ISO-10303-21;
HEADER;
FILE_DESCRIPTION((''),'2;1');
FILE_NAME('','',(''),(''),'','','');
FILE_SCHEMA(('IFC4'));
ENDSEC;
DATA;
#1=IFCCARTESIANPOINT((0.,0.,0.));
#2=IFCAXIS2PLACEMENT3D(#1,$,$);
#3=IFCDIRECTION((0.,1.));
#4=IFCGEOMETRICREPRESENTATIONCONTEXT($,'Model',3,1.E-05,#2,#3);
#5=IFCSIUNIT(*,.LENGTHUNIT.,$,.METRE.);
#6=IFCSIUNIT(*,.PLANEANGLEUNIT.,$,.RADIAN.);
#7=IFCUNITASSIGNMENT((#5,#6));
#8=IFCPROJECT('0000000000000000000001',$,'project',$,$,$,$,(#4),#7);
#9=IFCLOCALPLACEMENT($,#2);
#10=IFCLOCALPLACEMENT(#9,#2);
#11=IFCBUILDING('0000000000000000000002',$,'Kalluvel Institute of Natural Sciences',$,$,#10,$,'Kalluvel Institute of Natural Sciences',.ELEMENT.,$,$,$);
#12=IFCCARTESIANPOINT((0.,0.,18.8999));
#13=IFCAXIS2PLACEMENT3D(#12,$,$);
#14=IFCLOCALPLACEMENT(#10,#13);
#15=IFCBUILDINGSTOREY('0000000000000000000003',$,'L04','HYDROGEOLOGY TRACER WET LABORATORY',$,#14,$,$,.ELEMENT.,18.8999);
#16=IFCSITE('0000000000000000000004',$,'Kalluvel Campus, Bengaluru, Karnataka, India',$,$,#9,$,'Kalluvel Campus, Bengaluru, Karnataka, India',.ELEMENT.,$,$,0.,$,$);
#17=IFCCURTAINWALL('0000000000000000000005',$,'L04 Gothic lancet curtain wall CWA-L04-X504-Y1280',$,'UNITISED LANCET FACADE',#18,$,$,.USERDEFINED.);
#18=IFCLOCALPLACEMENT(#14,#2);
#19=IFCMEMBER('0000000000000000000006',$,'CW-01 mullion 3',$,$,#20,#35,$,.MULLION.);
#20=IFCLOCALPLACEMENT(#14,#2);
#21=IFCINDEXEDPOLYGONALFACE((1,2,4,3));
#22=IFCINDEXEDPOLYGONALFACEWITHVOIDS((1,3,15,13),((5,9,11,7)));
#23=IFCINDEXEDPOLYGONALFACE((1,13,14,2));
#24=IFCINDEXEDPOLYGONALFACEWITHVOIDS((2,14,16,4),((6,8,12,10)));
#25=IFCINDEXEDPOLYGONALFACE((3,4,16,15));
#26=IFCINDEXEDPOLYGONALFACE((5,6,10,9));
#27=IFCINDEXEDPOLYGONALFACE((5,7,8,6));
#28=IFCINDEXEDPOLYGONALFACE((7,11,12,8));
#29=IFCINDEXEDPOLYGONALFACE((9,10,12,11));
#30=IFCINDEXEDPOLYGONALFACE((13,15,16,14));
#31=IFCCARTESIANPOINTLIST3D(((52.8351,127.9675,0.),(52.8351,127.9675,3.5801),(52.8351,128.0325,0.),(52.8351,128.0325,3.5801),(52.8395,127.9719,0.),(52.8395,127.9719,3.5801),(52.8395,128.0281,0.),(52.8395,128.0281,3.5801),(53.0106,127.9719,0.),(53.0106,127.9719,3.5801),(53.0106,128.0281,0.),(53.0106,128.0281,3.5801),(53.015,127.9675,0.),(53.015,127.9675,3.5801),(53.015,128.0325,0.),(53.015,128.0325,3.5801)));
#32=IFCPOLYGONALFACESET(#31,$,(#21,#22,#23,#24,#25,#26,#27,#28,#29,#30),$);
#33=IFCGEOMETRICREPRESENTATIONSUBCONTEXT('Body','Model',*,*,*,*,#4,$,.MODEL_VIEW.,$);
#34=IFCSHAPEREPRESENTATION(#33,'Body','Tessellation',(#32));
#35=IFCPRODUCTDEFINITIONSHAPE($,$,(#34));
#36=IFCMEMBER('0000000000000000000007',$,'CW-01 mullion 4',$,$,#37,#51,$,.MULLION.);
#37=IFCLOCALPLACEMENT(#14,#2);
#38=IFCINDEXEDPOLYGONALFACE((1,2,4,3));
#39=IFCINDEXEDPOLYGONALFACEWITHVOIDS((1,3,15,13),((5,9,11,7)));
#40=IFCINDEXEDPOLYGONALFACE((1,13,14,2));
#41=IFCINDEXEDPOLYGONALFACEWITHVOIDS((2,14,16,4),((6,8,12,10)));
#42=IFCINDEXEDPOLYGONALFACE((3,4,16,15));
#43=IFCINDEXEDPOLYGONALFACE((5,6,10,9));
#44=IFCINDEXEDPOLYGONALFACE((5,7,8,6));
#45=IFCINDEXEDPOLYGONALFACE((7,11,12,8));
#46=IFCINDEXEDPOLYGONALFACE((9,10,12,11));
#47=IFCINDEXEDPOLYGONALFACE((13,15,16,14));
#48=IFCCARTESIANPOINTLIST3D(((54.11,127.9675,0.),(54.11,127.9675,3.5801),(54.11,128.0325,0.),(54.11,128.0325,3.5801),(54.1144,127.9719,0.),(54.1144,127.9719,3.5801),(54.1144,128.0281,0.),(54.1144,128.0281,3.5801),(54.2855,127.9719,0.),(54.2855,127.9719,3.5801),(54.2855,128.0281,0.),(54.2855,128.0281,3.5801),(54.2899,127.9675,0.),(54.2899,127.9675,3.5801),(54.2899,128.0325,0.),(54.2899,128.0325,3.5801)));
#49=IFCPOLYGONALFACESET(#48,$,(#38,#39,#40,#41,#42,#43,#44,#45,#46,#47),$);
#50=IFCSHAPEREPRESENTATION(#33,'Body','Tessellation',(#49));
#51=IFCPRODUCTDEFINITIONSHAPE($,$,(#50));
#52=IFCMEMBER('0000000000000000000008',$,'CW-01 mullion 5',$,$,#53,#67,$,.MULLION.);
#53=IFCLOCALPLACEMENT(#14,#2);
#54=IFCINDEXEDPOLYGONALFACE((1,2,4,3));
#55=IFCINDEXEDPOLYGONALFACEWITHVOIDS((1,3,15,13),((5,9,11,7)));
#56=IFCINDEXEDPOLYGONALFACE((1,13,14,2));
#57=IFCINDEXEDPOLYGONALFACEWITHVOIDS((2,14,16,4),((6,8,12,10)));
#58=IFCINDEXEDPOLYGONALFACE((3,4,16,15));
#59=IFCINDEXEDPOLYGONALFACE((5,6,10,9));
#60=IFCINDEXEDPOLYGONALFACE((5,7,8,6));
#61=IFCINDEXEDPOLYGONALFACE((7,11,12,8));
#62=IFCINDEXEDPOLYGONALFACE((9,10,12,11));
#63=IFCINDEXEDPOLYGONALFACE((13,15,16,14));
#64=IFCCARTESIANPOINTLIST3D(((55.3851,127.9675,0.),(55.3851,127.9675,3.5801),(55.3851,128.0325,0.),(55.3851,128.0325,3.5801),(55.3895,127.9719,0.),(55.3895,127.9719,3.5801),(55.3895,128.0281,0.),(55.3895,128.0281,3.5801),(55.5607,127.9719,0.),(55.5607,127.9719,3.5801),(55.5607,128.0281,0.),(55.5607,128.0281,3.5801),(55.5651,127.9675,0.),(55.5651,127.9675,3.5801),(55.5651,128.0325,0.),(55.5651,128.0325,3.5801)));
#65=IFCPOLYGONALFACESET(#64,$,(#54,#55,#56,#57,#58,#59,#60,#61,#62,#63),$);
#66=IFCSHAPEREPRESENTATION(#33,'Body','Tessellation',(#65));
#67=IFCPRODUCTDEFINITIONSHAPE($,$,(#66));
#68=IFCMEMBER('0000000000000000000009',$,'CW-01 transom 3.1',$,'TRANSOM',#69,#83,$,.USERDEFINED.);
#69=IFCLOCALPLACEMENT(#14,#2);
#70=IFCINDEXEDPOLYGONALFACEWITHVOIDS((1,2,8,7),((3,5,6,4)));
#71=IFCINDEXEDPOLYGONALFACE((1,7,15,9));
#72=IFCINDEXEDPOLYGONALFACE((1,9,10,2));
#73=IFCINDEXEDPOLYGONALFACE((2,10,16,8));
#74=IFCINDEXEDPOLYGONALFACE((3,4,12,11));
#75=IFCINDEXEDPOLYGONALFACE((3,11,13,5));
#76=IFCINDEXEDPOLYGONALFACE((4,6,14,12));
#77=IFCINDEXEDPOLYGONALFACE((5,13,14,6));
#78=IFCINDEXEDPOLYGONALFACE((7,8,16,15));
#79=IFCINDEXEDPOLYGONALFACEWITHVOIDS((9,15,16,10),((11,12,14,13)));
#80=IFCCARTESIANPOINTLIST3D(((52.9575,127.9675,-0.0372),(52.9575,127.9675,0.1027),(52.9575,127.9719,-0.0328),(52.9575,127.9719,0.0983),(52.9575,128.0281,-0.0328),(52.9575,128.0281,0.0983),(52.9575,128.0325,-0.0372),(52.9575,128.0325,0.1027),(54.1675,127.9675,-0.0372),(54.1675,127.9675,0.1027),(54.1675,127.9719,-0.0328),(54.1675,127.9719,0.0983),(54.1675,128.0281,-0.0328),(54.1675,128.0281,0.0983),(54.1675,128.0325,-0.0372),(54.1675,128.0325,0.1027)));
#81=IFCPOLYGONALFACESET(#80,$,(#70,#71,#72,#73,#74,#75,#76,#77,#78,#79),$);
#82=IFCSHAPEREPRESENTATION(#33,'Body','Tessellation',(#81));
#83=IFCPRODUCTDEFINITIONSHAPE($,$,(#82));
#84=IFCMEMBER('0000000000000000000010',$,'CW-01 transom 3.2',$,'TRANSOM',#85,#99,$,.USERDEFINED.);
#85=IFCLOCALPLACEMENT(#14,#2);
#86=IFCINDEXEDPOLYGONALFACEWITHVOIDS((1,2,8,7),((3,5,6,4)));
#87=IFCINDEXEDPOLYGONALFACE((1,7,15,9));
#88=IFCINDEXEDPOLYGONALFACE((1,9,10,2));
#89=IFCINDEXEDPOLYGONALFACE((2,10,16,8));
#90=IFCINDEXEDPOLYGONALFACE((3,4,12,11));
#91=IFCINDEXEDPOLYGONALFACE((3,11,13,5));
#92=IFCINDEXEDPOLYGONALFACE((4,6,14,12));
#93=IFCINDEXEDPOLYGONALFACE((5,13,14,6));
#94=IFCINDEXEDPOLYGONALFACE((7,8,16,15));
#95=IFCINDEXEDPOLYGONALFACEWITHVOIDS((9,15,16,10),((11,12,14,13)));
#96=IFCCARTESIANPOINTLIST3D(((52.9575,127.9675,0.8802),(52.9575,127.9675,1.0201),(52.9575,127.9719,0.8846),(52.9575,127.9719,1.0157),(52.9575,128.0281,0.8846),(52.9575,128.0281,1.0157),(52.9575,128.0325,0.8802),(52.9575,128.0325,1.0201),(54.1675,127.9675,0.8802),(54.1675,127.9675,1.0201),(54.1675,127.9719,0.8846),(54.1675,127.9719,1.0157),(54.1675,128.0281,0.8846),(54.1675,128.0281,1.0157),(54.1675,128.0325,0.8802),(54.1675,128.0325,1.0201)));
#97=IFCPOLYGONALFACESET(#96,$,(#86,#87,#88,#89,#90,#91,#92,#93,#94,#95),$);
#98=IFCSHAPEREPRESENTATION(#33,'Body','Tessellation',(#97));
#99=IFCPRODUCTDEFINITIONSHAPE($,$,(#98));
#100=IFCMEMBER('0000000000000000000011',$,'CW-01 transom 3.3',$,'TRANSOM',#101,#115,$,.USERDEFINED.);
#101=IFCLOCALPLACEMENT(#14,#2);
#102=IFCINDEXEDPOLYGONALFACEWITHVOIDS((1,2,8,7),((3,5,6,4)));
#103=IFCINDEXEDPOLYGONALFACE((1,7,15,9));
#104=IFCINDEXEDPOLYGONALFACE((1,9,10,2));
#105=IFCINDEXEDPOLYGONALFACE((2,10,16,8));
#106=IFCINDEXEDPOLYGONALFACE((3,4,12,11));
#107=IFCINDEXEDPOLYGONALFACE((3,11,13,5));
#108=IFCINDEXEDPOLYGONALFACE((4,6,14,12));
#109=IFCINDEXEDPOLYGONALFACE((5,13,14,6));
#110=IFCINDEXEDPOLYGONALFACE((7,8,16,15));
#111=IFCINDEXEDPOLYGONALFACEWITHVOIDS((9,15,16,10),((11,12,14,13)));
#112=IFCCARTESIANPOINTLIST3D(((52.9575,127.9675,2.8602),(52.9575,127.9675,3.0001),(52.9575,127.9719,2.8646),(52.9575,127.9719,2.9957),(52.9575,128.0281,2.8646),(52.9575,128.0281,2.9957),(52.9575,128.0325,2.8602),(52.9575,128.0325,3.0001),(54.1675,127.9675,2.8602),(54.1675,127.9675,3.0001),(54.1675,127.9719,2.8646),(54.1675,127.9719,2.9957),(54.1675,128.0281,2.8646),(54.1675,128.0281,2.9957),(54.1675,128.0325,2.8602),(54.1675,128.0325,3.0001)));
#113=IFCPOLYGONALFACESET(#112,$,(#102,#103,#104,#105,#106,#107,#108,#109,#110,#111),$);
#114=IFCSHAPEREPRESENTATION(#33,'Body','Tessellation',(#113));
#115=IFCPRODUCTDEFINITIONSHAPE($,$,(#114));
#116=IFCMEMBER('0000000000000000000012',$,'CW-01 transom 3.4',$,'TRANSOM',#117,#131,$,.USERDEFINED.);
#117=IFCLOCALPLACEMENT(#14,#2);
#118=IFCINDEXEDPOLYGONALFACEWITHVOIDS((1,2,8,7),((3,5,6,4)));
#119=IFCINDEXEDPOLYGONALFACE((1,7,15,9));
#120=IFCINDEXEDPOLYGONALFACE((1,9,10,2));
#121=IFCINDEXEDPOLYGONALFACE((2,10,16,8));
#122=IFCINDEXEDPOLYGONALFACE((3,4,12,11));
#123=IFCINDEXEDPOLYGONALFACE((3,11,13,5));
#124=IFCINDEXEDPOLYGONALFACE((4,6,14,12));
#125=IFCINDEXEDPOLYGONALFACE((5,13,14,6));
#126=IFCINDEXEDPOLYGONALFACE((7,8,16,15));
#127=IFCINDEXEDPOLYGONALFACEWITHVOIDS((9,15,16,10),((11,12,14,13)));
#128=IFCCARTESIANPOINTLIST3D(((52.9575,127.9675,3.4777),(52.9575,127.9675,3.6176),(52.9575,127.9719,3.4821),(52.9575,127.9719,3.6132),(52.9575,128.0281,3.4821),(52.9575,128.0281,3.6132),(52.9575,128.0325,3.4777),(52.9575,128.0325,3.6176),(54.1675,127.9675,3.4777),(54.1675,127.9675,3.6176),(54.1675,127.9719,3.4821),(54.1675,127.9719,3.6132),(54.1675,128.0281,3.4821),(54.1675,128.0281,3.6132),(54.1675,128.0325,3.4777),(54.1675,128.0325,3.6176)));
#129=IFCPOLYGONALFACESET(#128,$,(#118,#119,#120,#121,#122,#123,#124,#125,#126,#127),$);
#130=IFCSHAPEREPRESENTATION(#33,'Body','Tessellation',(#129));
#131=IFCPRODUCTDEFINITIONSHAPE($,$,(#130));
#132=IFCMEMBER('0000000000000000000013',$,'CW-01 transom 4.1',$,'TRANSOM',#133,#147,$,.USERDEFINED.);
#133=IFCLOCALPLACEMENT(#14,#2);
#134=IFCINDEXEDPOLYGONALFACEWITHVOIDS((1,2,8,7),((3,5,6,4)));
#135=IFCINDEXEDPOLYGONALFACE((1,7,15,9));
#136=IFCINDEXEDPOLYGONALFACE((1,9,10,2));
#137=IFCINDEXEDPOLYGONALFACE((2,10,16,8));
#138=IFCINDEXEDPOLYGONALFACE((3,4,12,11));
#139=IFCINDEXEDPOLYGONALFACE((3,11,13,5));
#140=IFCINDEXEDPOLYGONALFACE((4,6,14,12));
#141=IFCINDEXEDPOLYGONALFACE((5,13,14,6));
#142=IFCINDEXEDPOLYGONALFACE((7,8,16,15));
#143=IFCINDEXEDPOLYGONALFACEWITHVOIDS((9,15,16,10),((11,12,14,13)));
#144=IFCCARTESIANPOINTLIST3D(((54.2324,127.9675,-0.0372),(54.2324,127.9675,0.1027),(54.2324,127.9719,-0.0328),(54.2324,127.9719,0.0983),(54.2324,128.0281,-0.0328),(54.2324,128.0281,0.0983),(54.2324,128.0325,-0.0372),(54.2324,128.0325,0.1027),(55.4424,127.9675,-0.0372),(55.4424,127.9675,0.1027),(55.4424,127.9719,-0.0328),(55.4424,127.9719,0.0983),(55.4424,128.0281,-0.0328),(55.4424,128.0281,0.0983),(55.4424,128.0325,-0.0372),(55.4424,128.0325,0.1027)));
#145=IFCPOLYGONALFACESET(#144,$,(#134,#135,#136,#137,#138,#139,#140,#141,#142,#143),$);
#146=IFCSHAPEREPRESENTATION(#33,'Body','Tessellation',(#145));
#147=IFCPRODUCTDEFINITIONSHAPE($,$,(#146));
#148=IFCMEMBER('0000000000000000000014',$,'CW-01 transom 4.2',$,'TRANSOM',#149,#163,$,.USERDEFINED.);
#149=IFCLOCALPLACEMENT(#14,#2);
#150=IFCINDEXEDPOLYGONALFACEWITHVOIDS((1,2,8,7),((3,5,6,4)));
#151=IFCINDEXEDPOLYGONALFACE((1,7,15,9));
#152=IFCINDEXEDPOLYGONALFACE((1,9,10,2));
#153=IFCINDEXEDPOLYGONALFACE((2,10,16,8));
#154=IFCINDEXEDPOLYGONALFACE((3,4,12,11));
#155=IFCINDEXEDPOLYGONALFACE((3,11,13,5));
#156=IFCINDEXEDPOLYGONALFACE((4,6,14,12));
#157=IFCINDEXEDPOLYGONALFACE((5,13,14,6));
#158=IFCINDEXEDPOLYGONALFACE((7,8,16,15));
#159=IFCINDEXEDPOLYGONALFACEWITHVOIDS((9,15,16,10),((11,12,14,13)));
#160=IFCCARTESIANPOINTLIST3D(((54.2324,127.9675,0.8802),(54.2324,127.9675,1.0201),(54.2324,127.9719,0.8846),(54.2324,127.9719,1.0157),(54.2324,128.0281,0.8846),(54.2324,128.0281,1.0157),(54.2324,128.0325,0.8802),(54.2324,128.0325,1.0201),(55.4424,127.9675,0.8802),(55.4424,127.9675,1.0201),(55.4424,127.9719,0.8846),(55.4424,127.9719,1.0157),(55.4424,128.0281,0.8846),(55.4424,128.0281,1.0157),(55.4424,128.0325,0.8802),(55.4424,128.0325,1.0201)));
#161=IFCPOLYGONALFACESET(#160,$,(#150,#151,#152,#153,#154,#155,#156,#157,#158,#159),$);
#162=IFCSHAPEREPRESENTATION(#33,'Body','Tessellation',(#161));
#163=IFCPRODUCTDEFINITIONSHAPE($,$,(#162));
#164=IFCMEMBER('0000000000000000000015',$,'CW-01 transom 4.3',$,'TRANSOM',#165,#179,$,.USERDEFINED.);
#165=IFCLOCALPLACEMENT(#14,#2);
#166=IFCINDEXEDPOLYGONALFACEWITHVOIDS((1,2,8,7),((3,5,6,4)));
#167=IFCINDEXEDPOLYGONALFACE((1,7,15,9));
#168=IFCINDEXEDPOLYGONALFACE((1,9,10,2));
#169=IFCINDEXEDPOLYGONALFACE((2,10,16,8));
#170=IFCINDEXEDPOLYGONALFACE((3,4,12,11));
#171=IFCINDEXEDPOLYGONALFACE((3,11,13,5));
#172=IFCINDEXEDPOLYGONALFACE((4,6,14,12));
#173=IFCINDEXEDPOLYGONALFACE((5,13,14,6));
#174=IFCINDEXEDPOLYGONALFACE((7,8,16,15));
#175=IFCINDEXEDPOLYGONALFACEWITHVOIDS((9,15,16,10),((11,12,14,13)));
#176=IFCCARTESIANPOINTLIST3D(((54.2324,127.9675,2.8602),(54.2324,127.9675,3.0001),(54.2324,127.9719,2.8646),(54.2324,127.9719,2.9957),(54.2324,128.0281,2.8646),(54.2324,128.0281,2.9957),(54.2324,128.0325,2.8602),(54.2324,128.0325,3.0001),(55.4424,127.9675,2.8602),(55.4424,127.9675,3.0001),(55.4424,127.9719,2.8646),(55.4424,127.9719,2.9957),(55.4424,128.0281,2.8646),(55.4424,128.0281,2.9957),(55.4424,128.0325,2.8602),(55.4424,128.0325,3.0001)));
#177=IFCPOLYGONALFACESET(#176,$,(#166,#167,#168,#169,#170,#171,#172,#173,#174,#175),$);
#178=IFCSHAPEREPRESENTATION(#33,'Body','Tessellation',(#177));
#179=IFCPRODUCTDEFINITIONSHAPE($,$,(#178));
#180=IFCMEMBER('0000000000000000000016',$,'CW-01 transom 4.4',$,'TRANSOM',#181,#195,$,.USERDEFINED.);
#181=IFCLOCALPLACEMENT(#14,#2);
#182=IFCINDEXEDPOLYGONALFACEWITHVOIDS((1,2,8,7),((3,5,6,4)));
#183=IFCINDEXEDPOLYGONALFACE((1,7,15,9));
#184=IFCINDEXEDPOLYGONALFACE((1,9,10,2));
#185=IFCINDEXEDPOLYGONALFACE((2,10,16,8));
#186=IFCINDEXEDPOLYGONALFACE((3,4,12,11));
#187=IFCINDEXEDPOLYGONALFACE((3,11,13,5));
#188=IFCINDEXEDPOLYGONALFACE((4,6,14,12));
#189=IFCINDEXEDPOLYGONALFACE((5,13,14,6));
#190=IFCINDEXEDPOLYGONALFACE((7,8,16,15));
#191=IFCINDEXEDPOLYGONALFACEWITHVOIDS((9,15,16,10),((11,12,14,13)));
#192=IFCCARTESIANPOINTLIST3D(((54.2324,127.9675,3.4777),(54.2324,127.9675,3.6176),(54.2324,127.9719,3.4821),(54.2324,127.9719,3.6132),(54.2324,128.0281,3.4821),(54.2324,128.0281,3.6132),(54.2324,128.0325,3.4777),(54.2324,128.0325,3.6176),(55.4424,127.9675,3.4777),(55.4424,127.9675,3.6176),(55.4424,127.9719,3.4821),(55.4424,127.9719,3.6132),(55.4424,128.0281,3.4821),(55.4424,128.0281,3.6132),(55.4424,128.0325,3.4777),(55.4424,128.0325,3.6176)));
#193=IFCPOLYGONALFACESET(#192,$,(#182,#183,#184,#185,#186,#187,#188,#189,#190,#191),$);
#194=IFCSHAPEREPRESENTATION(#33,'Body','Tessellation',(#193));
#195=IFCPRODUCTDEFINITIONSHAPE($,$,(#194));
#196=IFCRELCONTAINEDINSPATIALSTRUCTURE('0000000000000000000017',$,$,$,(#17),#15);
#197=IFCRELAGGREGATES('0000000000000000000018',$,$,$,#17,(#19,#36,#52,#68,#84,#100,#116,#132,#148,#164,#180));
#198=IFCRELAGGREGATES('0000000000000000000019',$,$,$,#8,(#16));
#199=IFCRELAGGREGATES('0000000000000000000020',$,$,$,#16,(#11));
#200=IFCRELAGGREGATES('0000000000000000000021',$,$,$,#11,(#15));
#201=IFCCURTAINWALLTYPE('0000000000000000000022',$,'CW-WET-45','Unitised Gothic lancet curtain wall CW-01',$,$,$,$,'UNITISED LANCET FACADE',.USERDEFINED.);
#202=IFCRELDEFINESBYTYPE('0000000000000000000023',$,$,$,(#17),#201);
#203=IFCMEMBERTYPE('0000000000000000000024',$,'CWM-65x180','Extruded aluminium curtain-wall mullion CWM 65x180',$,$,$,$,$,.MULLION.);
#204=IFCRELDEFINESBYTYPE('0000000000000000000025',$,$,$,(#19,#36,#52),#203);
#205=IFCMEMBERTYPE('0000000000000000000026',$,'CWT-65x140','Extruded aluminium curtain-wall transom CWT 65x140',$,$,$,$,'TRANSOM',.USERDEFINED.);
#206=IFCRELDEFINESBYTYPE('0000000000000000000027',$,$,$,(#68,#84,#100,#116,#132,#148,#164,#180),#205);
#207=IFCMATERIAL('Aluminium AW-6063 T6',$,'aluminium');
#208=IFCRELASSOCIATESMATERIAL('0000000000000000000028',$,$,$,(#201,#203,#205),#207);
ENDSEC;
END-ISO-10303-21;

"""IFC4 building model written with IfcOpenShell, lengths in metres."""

from ifc_helpers import new_model, si_unit, direction, frame, origin, origin_2d, place, context, subcontext, project, spatial, hollow_rectangle, extrude, material, material_profile, profile_set, type_object, element, aggregate, save


model = new_model("IFC4")

# Units and contexts
model_context = context("Model", 3, precision=1e-05, world=origin(), true_north=direction((0.0, 1.0)))
body_context = subcontext(model_context, "Body", "Model", "MODEL_VIEW")
ifc_project = project(units=[si_unit("LENGTHUNIT", "METRE"), si_unit("PLANEANGLEUNIT", "RADIAN")], contexts=[model_context])

# Site, building, storey
site_placement = place(None, origin())
site = spatial("IfcSite", under=ifc_project, at=site_placement, Name="Kalluvel Campus, Bengaluru, Karnataka, India", LongName="Kalluvel Campus, Bengaluru, Karnataka, India", CompositionType="ELEMENT", RefElevation=0.0)
building_placement = place(site_placement, origin())
building = spatial("IfcBuilding", under=site, at=building_placement, Name="Kalluvel Institute of Natural Sciences", LongName="Kalluvel Institute of Natural Sciences", CompositionType="ELEMENT")
storey_placement = place(building_placement, frame((0.0, 0.0, 18.8999)))
storey = spatial("IfcBuildingStorey", under=building, at=storey_placement, Name="L04", Description="HYDROGEOLOGY TRACER WET LABORATORY", CompositionType="ELEMENT", Elevation=18.8999)

# Curtain wall, members
ifc_material_1 = material(Name="Aluminium AW-6063 T6", Category="aluminium")
curtain_wall_type = type_object("IfcCurtainWallType", Name="CW-WET-45", Description="Unitised Gothic lancet curtain wall CW-01", ElementType="UNITISED LANCET FACADE", PredefinedType="USERDEFINED", material=ifc_material_1)
curtain_wall_placement = place(storey_placement, origin())
curtain_wall = element("IfcCurtainWall", 1, at=curtain_wall_placement, inside=storey, type_object=curtain_wall_type, Name="L04 Gothic lancet curtain wall CWA-L04-X504-Y1280", ObjectType="UNITISED LANCET FACADE", PredefinedType="USERDEFINED")
ifc_material_profile_1 = material_profile(ifc_material_1, hollow_rectangle(XDim=0.0649, YDim=0.1799, WallThickness=0.0044, at=origin_2d()), Name="CWM 65x180")
ifc_profile_set_1 = profile_set([ifc_material_profile_1], Name="Aluminium AW-6063 T6")
member_type_1 = type_object("IfcMemberType", Name="CWM-65x180", Description="Extruded aluminium curtain-wall mullion CWM 65x180", PredefinedType="MULLION", material=ifc_profile_set_1)
member_1_placement = place(storey_placement, frame((52.925, 128.0, 0.0), z_axis=(0.0, 0.0, 1.0), x_axis=(0.0, 1.0, 0.0)))
member_1 = element("IfcMember", 2, at=member_1_placement, type_object=member_type_1, Name="CW-01 mullion 3", PredefinedType="MULLION", context=body_context, shape_type="SweptSolid", body=[
    extrude(hollow_rectangle(XDim=0.0649, YDim=0.1799, WallThickness=0.0044, at=origin_2d()), origin(), (0.0, 0.0, 1.0), 3.5801),
])
member_2_placement = place(storey_placement, frame((54.2, 128.0, 0.0), z_axis=(0.0, 0.0, 1.0), x_axis=(0.0, 1.0, 0.0)))
member_2 = element("IfcMember", 3, at=member_2_placement, type_object=member_type_1, Name="CW-01 mullion 4", PredefinedType="MULLION", context=body_context, shape_type="SweptSolid", body=[
    extrude(hollow_rectangle(XDim=0.0649, YDim=0.1799, WallThickness=0.0044, at=origin_2d()), origin(), (0.0, 0.0, 1.0), 3.5801),
])
member_3_placement = place(storey_placement, frame((55.4751, 128.0, 0.0), z_axis=(0.0, 0.0, 1.0), x_axis=(0.0, 1.0, 0.0)))
member_3 = element("IfcMember", 4, at=member_3_placement, type_object=member_type_1, Name="CW-01 mullion 5", PredefinedType="MULLION", context=body_context, shape_type="SweptSolid", body=[
    extrude(hollow_rectangle(XDim=0.0649, YDim=0.1799, WallThickness=0.0044, at=origin_2d()), origin(), (0.0, 0.0, 1.0), 3.5801),
])
ifc_material_profile_2 = material_profile(ifc_material_1, hollow_rectangle(XDim=0.0649, YDim=0.1399, WallThickness=0.0044, at=origin_2d()), Name="CWT 65x140")
ifc_profile_set_2 = profile_set([ifc_material_profile_2], Name="Aluminium AW-6063 T6")
member_type_2 = type_object("IfcMemberType", Name="CWT-65x140", Description="Extruded aluminium curtain-wall transom CWT 65x140", ElementType="TRANSOM", PredefinedType="USERDEFINED", material=ifc_profile_set_2)
member_4_placement = place(storey_placement, frame((52.9575, 128.0, 0.0327), z_axis=(1.0, 0.0, 0.0), x_axis=(0.0, 1.0, 0.0)))
member_4 = element("IfcMember", 5, at=member_4_placement, type_object=member_type_2, Name="CW-01 transom 3.1", ObjectType="TRANSOM", PredefinedType="USERDEFINED", context=body_context, shape_type="SweptSolid", body=[
    extrude(hollow_rectangle(XDim=0.0649, YDim=0.1399, WallThickness=0.0044, at=origin_2d()), origin(), (0.0, 0.0, 1.0), 1.21),
])
member_5_placement = place(storey_placement, frame((52.9575, 128.0, 0.9502), z_axis=(1.0, 0.0, 0.0), x_axis=(0.0, 1.0, 0.0)))
member_5 = element("IfcMember", 6, at=member_5_placement, type_object=member_type_2, Name="CW-01 transom 3.2", ObjectType="TRANSOM", PredefinedType="USERDEFINED", context=body_context, shape_type="SweptSolid", body=[
    extrude(hollow_rectangle(XDim=0.0649, YDim=0.1399, WallThickness=0.0044, at=origin_2d()), origin(), (0.0, 0.0, 1.0), 1.21),
])
member_6_placement = place(storey_placement, frame((52.9575, 128.0, 2.9302), z_axis=(1.0, 0.0, 0.0), x_axis=(0.0, 1.0, 0.0)))
member_6 = element("IfcMember", 7, at=member_6_placement, type_object=member_type_2, Name="CW-01 transom 3.3", ObjectType="TRANSOM", PredefinedType="USERDEFINED", context=body_context, shape_type="SweptSolid", body=[
    extrude(hollow_rectangle(XDim=0.0649, YDim=0.1399, WallThickness=0.0044, at=origin_2d()), origin(), (0.0, 0.0, 1.0), 1.21),
])
member_7_placement = place(storey_placement, frame((52.9575, 128.0, 3.5476), z_axis=(1.0, 0.0, 0.0), x_axis=(0.0, 1.0, 0.0)))
member_7 = element("IfcMember", 8, at=member_7_placement, type_object=member_type_2, Name="CW-01 transom 3.4", ObjectType="TRANSOM", PredefinedType="USERDEFINED", context=body_context, shape_type="SweptSolid", body=[
    extrude(hollow_rectangle(XDim=0.0649, YDim=0.1399, WallThickness=0.0044, at=origin_2d()), origin(), (0.0, 0.0, 1.0), 1.21),
])
member_8_placement = place(storey_placement, frame((54.2324, 128.0, 0.0327), z_axis=(1.0, 0.0, 0.0), x_axis=(0.0, 1.0, 0.0)))
member_8 = element("IfcMember", 9, at=member_8_placement, type_object=member_type_2, Name="CW-01 transom 4.1", ObjectType="TRANSOM", PredefinedType="USERDEFINED", context=body_context, shape_type="SweptSolid", body=[
    extrude(hollow_rectangle(XDim=0.0649, YDim=0.1399, WallThickness=0.0044, at=origin_2d()), origin(), (0.0, 0.0, 1.0), 1.21),
])
member_9_placement = place(storey_placement, frame((54.2324, 128.0, 0.9502), z_axis=(1.0, 0.0, 0.0), x_axis=(0.0, 1.0, 0.0)))
member_9 = element("IfcMember", 10, at=member_9_placement, type_object=member_type_2, Name="CW-01 transom 4.2", ObjectType="TRANSOM", PredefinedType="USERDEFINED", context=body_context, shape_type="SweptSolid", body=[
    extrude(hollow_rectangle(XDim=0.0649, YDim=0.1399, WallThickness=0.0044, at=origin_2d()), origin(), (0.0, 0.0, 1.0), 1.21),
])
member_10_placement = place(storey_placement, frame((54.2324, 128.0, 2.9302), z_axis=(1.0, 0.0, 0.0), x_axis=(0.0, 1.0, 0.0)))
member_10 = element("IfcMember", 11, at=member_10_placement, type_object=member_type_2, Name="CW-01 transom 4.3", ObjectType="TRANSOM", PredefinedType="USERDEFINED", context=body_context, shape_type="SweptSolid", body=[
    extrude(hollow_rectangle(XDim=0.0649, YDim=0.1399, WallThickness=0.0044, at=origin_2d()), origin(), (0.0, 0.0, 1.0), 1.21),
])
member_11_placement = place(storey_placement, frame((54.2324, 128.0, 3.5476), z_axis=(1.0, 0.0, 0.0), x_axis=(0.0, 1.0, 0.0)))
member_11 = element("IfcMember", 12, at=member_11_placement, type_object=member_type_2, Name="CW-01 transom 4.4", ObjectType="TRANSOM", PredefinedType="USERDEFINED", context=body_context, shape_type="SweptSolid", body=[
    extrude(hollow_rectangle(XDim=0.0649, YDim=0.1399, WallThickness=0.0044, at=origin_2d()), origin(), (0.0, 0.0, 1.0), 1.21),
])
aggregate(curtain_wall, [member_1, member_2, member_3, member_4, member_5, member_6, member_7, member_8, member_9, member_10, member_11])

save(model, "model.ifc")
